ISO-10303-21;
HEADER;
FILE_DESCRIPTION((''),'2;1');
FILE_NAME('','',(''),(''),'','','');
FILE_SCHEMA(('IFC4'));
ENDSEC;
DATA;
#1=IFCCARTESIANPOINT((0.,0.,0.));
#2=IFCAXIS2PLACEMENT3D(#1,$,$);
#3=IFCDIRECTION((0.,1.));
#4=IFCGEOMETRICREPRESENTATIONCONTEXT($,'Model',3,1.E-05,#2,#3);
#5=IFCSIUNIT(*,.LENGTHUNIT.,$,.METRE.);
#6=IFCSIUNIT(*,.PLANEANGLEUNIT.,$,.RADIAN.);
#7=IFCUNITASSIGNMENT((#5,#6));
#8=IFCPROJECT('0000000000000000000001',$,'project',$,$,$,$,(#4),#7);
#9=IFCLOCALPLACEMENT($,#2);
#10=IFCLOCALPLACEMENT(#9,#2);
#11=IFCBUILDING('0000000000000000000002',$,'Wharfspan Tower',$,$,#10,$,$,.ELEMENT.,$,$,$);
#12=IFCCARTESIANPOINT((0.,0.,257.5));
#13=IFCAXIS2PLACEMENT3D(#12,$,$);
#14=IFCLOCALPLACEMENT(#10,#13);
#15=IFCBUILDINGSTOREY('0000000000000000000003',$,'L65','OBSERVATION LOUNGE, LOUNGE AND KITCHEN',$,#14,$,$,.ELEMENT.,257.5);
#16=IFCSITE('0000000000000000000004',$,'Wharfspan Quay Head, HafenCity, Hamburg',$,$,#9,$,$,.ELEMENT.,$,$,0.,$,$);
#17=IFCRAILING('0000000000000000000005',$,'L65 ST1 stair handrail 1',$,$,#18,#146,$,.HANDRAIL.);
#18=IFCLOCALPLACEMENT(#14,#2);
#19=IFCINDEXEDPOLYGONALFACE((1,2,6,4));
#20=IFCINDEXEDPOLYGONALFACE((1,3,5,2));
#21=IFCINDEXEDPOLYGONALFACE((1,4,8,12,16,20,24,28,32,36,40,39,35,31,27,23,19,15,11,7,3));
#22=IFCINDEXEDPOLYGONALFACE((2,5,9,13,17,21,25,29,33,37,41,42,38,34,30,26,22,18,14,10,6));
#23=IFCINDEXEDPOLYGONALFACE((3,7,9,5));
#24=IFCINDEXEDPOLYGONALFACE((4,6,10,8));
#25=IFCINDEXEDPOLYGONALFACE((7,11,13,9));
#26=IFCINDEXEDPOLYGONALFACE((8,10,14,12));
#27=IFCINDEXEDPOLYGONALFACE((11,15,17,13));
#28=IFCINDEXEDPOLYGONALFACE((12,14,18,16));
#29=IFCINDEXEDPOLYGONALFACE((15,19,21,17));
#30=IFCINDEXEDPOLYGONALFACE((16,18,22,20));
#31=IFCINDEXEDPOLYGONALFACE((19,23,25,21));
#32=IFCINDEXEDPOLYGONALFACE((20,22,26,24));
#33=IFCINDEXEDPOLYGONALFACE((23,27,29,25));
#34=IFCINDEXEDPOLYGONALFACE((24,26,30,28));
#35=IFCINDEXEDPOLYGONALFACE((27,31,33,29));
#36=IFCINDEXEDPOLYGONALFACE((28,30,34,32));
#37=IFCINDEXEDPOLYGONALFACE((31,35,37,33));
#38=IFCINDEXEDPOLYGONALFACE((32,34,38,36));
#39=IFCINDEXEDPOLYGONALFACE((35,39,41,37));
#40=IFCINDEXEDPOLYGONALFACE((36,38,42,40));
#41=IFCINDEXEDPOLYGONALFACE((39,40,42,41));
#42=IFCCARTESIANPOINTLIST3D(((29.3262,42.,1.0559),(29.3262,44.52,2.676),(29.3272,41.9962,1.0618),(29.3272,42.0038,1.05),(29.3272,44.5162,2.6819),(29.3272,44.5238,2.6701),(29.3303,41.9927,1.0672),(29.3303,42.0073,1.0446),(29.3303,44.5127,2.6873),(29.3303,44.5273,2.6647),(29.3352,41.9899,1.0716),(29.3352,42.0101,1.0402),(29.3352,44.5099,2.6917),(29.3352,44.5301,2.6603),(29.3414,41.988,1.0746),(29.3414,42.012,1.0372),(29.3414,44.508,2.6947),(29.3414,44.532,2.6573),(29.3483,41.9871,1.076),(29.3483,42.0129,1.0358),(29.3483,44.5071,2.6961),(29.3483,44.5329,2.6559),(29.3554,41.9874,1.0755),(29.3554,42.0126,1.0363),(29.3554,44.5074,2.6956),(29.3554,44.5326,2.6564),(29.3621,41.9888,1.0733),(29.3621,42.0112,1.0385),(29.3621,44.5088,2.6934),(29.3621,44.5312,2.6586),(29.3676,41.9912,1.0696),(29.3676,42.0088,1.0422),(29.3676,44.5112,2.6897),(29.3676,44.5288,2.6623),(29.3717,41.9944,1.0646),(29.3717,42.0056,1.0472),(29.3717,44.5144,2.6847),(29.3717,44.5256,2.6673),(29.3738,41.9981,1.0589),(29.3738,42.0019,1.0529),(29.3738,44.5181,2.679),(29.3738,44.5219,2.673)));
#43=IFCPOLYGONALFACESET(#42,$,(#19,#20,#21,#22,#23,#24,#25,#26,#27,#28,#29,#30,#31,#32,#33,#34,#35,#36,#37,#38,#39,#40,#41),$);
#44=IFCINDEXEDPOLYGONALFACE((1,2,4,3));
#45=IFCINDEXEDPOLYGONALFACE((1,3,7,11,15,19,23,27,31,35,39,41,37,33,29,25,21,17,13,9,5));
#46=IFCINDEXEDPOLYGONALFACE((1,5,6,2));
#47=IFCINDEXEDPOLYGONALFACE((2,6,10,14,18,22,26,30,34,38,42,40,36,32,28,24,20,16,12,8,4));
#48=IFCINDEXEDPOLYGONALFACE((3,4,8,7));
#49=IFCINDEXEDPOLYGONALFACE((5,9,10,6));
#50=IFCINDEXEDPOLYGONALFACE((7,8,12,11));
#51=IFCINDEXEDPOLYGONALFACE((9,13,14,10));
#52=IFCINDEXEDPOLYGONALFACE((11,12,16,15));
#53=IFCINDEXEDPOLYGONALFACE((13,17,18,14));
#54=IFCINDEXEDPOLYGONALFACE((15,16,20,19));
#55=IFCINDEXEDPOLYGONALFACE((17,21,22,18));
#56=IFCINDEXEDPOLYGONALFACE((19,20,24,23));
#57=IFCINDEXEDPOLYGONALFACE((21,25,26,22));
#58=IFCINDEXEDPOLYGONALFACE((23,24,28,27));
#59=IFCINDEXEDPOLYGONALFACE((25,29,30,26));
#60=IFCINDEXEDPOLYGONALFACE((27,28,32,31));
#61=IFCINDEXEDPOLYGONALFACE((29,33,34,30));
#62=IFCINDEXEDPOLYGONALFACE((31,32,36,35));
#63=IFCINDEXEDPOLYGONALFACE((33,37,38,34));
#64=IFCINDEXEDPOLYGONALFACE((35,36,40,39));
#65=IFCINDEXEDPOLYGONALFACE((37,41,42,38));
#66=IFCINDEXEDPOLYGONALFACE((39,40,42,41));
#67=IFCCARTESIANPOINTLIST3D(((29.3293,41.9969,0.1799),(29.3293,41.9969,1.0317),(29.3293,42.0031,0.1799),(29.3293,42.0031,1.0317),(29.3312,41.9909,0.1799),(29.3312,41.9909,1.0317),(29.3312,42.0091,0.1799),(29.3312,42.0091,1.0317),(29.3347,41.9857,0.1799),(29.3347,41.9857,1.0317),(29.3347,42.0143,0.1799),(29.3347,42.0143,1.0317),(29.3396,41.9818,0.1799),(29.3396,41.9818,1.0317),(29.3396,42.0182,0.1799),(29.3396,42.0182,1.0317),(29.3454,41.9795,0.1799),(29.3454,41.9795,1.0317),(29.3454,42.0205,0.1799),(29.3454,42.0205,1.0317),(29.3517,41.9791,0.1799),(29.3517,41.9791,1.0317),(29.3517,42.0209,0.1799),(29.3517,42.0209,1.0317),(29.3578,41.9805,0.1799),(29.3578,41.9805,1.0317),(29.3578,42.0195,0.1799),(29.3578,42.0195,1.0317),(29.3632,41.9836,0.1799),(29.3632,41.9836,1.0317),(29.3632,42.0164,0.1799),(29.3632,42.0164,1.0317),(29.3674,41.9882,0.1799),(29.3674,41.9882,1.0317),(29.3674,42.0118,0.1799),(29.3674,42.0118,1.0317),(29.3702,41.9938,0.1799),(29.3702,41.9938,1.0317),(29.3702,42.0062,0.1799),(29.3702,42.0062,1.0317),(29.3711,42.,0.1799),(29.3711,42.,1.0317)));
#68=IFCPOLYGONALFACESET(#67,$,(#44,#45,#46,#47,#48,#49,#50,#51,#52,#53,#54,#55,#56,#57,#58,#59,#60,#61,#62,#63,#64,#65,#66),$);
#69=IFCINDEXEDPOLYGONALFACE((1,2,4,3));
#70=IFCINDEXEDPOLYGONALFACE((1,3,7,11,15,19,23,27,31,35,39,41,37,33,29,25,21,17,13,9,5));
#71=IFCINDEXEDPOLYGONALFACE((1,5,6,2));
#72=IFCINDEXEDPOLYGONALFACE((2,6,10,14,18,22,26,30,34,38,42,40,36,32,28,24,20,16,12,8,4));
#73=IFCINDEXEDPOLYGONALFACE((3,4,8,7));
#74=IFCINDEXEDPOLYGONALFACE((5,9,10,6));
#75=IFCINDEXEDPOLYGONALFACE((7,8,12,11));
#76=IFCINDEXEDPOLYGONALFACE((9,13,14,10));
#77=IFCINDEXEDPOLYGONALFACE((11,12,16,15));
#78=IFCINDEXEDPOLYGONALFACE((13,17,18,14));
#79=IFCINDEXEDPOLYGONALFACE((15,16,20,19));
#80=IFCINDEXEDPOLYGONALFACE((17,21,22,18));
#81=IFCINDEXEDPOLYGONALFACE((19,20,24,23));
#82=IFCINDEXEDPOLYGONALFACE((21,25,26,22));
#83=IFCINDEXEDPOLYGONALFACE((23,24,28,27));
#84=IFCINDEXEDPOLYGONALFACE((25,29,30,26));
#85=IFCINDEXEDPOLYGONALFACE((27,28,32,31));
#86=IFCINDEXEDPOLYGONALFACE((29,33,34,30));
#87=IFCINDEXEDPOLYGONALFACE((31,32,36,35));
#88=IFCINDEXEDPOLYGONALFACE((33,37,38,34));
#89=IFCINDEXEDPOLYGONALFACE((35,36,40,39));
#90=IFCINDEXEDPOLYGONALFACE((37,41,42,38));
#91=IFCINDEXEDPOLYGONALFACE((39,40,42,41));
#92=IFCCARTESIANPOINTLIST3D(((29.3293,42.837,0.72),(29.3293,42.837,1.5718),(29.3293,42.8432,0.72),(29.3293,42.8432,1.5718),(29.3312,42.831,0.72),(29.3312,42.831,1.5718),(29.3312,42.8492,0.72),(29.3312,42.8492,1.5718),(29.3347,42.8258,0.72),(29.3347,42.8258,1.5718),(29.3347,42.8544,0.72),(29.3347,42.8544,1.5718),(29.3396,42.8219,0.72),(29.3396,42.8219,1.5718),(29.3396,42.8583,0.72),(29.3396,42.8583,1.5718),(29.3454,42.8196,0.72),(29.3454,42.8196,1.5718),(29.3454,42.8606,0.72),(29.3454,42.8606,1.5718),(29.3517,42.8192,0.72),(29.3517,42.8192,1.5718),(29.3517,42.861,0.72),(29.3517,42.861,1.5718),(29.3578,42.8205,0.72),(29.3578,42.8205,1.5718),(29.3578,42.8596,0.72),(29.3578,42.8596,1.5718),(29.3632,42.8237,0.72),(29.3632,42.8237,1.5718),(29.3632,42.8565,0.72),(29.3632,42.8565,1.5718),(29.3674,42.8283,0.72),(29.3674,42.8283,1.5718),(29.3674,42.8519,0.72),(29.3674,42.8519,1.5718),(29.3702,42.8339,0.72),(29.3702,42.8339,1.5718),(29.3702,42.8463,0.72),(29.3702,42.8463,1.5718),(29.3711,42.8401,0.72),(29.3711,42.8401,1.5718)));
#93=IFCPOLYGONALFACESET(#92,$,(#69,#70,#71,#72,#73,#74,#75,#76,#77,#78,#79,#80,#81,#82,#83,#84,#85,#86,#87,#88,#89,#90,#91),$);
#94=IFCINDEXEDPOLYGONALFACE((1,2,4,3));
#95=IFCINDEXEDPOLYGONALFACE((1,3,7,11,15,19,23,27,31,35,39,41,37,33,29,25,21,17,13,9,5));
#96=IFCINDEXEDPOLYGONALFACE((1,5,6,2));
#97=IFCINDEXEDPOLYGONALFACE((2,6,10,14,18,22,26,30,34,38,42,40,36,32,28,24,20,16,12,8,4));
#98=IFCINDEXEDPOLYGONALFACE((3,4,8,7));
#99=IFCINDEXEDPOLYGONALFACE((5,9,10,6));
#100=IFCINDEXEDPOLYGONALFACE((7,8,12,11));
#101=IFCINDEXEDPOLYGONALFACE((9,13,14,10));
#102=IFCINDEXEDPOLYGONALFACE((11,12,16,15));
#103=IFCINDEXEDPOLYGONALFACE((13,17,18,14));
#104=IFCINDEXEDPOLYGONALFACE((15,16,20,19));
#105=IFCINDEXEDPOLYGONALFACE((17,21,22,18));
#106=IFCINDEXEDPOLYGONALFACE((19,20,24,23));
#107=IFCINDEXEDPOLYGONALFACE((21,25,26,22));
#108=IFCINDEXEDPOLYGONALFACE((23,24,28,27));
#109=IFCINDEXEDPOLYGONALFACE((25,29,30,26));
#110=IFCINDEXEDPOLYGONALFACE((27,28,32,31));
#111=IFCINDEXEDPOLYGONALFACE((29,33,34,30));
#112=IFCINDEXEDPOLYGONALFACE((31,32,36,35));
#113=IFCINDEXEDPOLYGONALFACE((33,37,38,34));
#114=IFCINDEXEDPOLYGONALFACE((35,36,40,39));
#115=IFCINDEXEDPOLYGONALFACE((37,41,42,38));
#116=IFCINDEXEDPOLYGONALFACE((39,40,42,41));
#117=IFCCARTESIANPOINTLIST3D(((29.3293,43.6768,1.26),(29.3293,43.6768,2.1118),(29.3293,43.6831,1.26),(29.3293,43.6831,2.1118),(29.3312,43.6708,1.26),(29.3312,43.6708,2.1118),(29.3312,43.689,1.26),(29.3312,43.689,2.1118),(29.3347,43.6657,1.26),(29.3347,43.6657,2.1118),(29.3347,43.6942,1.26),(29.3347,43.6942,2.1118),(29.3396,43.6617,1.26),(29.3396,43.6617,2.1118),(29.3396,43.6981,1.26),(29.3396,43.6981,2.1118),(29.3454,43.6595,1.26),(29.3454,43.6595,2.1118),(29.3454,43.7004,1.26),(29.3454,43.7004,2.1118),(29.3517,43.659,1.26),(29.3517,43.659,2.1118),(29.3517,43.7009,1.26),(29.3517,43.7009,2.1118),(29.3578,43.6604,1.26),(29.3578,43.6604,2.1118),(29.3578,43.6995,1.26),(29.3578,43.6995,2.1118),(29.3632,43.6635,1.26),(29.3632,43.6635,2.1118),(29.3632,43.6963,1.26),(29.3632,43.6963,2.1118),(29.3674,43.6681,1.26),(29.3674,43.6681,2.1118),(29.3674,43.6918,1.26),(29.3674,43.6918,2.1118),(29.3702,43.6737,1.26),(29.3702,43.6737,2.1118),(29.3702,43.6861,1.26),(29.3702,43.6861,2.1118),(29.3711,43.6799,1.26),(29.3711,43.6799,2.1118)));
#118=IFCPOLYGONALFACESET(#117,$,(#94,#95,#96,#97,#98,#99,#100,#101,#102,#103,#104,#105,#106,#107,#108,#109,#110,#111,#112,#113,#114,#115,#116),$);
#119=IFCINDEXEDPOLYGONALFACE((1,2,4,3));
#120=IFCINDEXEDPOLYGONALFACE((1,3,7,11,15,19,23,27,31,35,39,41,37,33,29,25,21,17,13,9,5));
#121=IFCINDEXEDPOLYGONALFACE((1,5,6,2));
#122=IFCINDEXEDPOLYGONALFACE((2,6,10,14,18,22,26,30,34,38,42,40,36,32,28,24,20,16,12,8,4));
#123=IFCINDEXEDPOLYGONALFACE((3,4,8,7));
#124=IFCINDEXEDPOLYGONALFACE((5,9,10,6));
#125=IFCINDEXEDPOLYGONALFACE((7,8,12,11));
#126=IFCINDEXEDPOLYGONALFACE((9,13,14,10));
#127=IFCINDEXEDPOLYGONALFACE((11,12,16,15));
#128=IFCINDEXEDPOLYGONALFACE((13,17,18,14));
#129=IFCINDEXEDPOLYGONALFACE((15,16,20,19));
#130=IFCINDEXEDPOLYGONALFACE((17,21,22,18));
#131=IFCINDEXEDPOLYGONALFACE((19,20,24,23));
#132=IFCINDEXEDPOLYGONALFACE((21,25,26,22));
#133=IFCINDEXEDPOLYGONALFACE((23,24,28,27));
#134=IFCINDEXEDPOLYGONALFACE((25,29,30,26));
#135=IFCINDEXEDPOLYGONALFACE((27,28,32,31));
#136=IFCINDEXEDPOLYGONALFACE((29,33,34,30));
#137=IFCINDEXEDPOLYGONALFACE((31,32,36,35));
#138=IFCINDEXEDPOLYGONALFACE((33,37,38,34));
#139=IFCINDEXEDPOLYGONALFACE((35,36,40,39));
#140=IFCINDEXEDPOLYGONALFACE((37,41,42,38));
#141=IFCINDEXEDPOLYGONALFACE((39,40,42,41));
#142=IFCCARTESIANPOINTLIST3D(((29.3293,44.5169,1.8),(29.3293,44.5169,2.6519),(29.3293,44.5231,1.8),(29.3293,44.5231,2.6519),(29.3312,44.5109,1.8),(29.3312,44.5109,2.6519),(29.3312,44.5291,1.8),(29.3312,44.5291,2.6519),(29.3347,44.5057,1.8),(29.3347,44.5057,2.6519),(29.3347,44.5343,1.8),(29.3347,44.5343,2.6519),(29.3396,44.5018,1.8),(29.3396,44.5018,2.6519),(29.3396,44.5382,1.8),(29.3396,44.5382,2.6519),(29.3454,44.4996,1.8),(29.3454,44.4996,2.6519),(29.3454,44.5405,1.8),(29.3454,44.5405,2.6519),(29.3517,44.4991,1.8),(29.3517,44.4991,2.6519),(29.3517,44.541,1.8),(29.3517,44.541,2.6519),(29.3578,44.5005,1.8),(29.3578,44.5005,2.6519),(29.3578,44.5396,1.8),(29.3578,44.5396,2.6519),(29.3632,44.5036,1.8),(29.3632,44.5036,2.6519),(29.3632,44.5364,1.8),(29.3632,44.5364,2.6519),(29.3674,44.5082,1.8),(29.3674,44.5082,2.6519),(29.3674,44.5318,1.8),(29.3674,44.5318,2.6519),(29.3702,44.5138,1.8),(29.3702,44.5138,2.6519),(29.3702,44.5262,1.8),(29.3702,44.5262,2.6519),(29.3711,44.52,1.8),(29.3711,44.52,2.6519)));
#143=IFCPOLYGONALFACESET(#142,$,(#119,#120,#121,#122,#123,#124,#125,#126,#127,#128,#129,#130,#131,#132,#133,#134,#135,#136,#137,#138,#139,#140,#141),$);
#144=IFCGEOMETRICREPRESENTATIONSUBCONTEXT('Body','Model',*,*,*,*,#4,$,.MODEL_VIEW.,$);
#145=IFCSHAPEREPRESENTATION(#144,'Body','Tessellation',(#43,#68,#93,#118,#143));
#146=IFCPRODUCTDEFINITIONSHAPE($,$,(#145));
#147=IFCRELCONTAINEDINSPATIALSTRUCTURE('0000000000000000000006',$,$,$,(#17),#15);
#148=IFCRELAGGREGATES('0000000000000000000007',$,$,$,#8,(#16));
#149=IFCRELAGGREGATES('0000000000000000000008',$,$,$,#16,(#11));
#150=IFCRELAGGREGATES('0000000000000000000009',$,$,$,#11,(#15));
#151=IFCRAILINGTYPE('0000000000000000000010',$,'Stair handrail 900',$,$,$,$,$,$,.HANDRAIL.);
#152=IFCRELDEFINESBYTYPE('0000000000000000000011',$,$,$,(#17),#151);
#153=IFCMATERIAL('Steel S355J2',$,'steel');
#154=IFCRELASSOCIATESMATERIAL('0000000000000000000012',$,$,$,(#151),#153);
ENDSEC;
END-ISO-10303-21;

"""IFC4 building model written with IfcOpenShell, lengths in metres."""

from ifc_helpers import new_model, si_unit, direction, frame, origin, origin_2d, place, context, subcontext, project, spatial, circle, extrude, material, type_object, element, save


model = new_model("IFC4")

# Units and contexts
model_context = context("Model", 3, precision=1e-05, world=origin(), true_north=direction((0.0, 1.0)))
body_context = subcontext(model_context, "Body", "Model", "MODEL_VIEW")
ifc_project = project(units=[si_unit("LENGTHUNIT", "METRE"), si_unit("PLANEANGLEUNIT", "RADIAN")], contexts=[model_context])

# Site, building, storey
site_placement = place(None, origin())
site = spatial("IfcSite", under=ifc_project, at=site_placement, Name="Wharfspan Quay Head, HafenCity, Hamburg", CompositionType="ELEMENT", RefElevation=0.0)
building_placement = place(site_placement, origin())
building = spatial("IfcBuilding", under=site, at=building_placement, Name="Wharfspan Tower", CompositionType="ELEMENT")
storey_placement = place(building_placement, frame((0.0, 0.0, 257.5)))
storey = spatial("IfcBuildingStorey", under=building, at=storey_placement, Name="L65", Description="OBSERVATION LOUNGE, LOUNGE AND KITCHEN", CompositionType="ELEMENT", Elevation=257.5)

# Shared definitions
ifc_material_1 = material(Name="Steel S355J2", Category="steel")

# Railing
railing_type_1 = type_object("IfcRailingType", Name="Stair handrail 900", PredefinedType="HANDRAIL", material=ifc_material_1)
railing_1_placement = place(storey_placement, frame((29.3501, 42.0, 0.1799)))
element("IfcRailing", 1, at=railing_1_placement, inside=storey, type_object=railing_type_1, Name="L65 ST1 stair handrail 1", PredefinedType="HANDRAIL", context=body_context, shape_type="SweptSolid", body=[
    extrude(circle(Radius=0.0239, at=origin_2d()), frame((0.0, 0.0, 0.876), z_axis=(0.0, 0.841163, 0.540782), x_axis=(-1.0, 0.0, 0.0)), (0.0, 0.0, 1.0), 2.9958),
    extrude(circle(Radius=0.021, at=origin_2d()), origin(), (0.0, 0.0, 1.0), 0.8518),
    extrude(circle(Radius=0.021, at=origin_2d()), frame((0.0, 0.8401, 0.54)), (0.0, 0.0, 1.0), 0.8518),
    extrude(circle(Radius=0.021, at=origin_2d()), frame((0.0, 1.6799, 1.0801)), (0.0, 0.0, 1.0), 0.8518),
    extrude(circle(Radius=0.021, at=origin_2d()), frame((0.0, 2.52, 1.6201)), (0.0, 0.0, 1.0), 0.8518),
])

save(model, "model.ifc")
